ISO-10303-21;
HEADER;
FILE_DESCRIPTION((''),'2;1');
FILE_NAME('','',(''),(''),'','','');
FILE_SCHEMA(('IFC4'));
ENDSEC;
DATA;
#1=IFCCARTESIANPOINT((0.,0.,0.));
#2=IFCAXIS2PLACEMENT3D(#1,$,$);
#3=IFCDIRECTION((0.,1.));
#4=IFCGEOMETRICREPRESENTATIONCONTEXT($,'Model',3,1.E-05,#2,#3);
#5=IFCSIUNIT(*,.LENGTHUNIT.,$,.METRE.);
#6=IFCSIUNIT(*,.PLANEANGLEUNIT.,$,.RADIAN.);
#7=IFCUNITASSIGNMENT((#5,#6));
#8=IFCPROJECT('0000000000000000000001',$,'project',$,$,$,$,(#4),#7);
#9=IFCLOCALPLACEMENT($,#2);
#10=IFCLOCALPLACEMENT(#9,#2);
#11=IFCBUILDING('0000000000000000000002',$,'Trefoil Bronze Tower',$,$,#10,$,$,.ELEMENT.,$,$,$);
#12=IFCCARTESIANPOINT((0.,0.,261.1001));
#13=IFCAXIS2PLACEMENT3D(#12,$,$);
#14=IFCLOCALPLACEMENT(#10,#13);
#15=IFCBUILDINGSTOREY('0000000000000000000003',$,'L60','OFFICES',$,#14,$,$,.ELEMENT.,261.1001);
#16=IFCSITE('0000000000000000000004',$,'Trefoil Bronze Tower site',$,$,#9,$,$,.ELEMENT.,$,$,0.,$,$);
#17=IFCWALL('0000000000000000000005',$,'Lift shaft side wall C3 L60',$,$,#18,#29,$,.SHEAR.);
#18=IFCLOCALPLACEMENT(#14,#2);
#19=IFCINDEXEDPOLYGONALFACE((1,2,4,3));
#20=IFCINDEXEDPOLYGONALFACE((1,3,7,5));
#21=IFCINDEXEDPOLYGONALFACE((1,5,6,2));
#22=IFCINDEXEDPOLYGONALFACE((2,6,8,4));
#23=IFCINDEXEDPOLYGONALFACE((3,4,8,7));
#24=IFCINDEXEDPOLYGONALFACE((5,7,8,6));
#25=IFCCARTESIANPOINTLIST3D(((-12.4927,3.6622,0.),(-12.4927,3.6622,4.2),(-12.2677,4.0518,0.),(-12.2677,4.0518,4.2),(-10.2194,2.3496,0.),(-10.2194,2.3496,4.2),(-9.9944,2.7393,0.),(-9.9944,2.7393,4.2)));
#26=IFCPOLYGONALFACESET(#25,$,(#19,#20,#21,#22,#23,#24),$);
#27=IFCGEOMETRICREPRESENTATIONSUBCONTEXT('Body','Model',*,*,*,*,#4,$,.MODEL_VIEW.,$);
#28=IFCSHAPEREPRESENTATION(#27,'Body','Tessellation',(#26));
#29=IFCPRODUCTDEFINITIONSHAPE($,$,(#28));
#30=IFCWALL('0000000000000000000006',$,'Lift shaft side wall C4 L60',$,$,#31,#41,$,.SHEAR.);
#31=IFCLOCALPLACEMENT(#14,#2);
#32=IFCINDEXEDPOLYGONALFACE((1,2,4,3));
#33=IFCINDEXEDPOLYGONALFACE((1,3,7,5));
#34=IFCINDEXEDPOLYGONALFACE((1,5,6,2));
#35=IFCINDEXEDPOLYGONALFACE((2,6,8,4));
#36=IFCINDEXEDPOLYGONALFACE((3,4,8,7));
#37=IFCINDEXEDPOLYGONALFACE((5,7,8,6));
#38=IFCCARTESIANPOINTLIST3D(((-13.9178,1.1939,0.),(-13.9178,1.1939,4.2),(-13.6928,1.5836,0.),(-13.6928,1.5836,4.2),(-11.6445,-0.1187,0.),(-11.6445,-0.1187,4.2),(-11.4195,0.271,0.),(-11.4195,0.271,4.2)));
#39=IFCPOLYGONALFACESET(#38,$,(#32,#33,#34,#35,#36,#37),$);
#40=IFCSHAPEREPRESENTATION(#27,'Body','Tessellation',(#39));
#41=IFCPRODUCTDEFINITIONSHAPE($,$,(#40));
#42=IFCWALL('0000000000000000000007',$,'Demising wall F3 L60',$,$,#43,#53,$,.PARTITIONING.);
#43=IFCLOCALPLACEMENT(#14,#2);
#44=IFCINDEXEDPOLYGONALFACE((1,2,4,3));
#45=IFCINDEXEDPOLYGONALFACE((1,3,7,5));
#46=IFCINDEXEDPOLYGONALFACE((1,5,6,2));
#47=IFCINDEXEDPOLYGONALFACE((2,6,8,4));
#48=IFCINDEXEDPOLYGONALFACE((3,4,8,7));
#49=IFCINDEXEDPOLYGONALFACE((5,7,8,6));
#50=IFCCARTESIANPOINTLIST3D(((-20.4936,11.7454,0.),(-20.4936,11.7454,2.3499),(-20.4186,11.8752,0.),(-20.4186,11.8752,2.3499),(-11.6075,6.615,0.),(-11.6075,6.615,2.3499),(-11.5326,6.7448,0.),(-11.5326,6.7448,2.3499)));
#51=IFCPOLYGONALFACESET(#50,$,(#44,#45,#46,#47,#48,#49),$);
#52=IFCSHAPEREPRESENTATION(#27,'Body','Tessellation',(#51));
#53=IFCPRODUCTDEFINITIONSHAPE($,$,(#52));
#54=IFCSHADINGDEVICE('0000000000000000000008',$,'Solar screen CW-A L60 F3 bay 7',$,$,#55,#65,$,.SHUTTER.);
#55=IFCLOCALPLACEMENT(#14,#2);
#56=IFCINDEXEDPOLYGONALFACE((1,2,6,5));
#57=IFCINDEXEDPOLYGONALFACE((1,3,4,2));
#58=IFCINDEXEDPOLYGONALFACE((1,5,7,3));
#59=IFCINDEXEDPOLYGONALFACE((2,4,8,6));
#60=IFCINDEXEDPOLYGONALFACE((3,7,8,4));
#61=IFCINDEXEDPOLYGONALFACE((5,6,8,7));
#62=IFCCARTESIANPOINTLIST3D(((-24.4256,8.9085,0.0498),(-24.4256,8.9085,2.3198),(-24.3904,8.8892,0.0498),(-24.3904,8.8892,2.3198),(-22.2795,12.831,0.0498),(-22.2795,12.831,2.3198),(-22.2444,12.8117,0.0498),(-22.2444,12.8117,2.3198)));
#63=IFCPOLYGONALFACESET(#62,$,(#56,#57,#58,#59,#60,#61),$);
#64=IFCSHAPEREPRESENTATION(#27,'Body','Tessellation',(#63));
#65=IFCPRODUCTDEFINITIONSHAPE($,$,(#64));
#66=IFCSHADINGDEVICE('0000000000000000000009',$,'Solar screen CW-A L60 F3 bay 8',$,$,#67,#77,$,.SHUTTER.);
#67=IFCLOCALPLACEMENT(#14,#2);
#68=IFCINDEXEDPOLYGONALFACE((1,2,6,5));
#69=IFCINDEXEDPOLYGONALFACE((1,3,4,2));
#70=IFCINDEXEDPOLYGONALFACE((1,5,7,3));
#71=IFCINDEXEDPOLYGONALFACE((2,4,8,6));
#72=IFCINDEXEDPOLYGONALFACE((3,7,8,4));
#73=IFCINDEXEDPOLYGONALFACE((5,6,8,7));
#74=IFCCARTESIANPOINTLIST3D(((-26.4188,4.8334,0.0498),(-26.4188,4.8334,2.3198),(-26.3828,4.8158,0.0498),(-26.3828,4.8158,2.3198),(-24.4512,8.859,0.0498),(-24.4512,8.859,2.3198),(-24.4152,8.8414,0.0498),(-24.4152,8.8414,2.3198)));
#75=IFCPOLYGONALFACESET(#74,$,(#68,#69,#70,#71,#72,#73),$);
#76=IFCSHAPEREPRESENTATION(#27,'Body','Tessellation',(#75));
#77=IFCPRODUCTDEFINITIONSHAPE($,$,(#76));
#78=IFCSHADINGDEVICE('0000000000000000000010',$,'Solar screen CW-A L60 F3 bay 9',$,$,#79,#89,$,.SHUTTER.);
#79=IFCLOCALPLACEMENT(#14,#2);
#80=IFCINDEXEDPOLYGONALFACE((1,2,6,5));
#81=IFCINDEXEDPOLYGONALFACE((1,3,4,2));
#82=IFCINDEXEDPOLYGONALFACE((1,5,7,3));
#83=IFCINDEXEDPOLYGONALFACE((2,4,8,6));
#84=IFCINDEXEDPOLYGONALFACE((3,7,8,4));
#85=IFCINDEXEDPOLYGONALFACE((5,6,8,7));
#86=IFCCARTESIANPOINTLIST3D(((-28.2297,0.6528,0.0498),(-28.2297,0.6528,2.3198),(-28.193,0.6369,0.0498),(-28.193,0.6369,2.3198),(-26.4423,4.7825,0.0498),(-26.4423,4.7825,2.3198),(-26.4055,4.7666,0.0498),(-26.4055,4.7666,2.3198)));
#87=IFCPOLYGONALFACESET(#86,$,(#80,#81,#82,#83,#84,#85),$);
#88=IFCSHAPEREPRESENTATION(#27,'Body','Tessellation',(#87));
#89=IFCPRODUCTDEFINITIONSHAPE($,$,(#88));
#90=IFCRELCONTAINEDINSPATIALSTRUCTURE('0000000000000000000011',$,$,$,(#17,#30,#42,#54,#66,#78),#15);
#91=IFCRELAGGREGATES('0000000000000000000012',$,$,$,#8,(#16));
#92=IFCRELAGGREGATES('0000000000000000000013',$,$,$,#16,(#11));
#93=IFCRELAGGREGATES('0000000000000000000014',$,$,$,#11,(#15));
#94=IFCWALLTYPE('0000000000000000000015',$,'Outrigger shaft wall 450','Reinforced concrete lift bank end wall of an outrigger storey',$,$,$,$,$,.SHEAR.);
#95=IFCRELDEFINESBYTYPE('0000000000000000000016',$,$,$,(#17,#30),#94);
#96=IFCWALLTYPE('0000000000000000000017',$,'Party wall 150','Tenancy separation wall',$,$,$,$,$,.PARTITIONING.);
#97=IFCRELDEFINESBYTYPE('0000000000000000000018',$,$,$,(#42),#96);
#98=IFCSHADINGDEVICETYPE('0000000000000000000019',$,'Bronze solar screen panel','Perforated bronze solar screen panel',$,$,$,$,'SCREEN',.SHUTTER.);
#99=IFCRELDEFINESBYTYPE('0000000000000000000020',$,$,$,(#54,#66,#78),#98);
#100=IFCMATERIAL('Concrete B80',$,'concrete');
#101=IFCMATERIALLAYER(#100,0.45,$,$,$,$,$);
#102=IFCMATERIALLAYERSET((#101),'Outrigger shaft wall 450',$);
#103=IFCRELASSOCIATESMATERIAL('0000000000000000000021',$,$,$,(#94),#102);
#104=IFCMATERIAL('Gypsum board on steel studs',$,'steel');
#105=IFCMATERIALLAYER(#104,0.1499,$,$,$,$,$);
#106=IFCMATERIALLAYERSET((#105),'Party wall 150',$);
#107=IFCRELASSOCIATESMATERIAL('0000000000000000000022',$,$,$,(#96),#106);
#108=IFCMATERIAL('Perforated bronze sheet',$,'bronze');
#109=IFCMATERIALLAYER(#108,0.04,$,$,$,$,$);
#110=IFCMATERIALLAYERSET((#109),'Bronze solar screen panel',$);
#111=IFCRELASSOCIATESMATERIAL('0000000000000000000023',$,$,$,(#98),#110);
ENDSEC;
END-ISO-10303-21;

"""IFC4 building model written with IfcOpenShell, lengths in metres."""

from ifc_helpers import new_model, si_unit, direction, frame, frame_2d, origin, origin_2d, place, context, subcontext, project, spatial, rectangle, extrude, material, layer, layer_set, type_object, element, save


model = new_model("IFC4")

# Units and contexts
model_context = context("Model", 3, precision=1e-05, world=origin(), true_north=direction((0.0, 1.0)))
body_context = subcontext(model_context, "Body", "Model", "MODEL_VIEW")
ifc_project = project(units=[si_unit("LENGTHUNIT", "METRE"), si_unit("PLANEANGLEUNIT", "RADIAN")], contexts=[model_context])

# Site, building, storey
site_placement = place(None, origin())
site = spatial("IfcSite", under=ifc_project, at=site_placement, Name="Trefoil Bronze Tower site", CompositionType="ELEMENT", RefElevation=0.0)
building_placement = place(site_placement, origin())
building = spatial("IfcBuilding", under=site, at=building_placement, Name="Trefoil Bronze Tower", CompositionType="ELEMENT")
storey_placement = place(building_placement, frame((0.0, 0.0, 261.1001)))
storey = spatial("IfcBuildingStorey", under=building, at=storey_placement, Name="L60", Description="OFFICES", CompositionType="ELEMENT", Elevation=261.1001)

# Walls
ifc_material_1 = material(Name="Concrete B80", Category="concrete")
ifc_layer_1 = layer(ifc_material_1, 0.45)
ifc_layer_set_1 = layer_set([ifc_layer_1], Name="Outrigger shaft wall 450")
wall_type_1 = type_object("IfcWallType", Name="Outrigger shaft wall 450", Description="Reinforced concrete lift bank end wall of an outrigger storey", PredefinedType="SHEAR", material=ifc_layer_set_1)
for number, where, z_axis, x_axis, name in (
    (1, (-10.1069, 2.5444, 0.0), (0.0, 0.0, 1.0), (-0.866014, 0.50002, 0.0), "Lift shaft side wall C3 L60"),
    (2, (-11.532, 0.0762, 0.0), (0.0, 0.0, 1.0), (-0.866014, 0.50002, 0.0), "Lift shaft side wall C4 L60"),
):
    element("IfcWall", number, at=place(storey_placement, frame(where, z_axis=z_axis, x_axis=x_axis)), inside=storey, type_object=wall_type_1, Name=name, PredefinedType="SHEAR", context=body_context, shape_type="SweptSolid", body=[
        extrude(rectangle(XDim=2.625, YDim=0.45, at=frame_2d((1.3125, 0.0))), origin(), (0.0, 0.0, 1.0), 4.2),
    ])
ifc_material_2 = material(Name="Gypsum board on steel studs", Category="steel")
ifc_layer_2 = layer(ifc_material_2, 0.1499)
ifc_layer_set_2 = layer_set([ifc_layer_2], Name="Party wall 150")
wall_type_2 = type_object("IfcWallType", Name="Party wall 150", Description="Tenancy separation wall", PredefinedType="PARTITIONING", material=ifc_layer_set_2)
wall_placement = place(storey_placement, frame((-11.5701, 6.6799, 0.0), z_axis=(0.0, 0.0, 1.0), x_axis=(-0.866024, 0.500003, 0.0)))
element("IfcWall", 3, at=wall_placement, inside=storey, type_object=wall_type_2, Name="Demising wall F3 L60", PredefinedType="PARTITIONING", context=body_context, shape_type="SweptSolid", body=[
    extrude(rectangle(XDim=10.2607, YDim=0.1499, at=frame_2d((5.1304, 0.0))), origin(), (0.0, 0.0, 1.0), 2.3499),
])

# Shading devices
ifc_material_3 = material(Name="Perforated bronze sheet", Category="bronze")
ifc_layer_3 = layer(ifc_material_3, 0.04)
ifc_layer_set_3 = layer_set([ifc_layer_3], Name="Bronze solar screen panel")
shading_device_type = type_object("IfcShadingDeviceType", Name="Bronze solar screen panel", Description="Perforated bronze solar screen panel", ElementType="SCREEN", PredefinedType="SHUTTER", material=ifc_layer_set_3)
shading_device_1_placement = place(storey_placement, frame((-23.335, 10.8601, 0.0498), z_axis=(0.0, 0.0, 1.0), x_axis=(-0.479974, -0.877283, 0.0)))
element("IfcShadingDevice", 4, at=shading_device_1_placement, inside=storey, type_object=shading_device_type, Name="Solar screen CW-A L60 F3 bay 7", PredefinedType="SHUTTER", context=body_context, shape_type="SweptSolid", body=[
    extrude(rectangle(XDim=4.4712, YDim=0.04, at=origin_2d()), origin(), (0.0, 0.0, 1.0), 2.27),
])
shading_device_2_placement = place(storey_placement, frame((-25.417, 6.8374, 0.0498), z_axis=(0.0, 0.0, 1.0), x_axis=(-0.439129, -0.898424, 0.0)))
element("IfcShadingDevice", 5, at=shading_device_2_placement, inside=storey, type_object=shading_device_type, Name="Solar screen CW-A L60 F3 bay 8", PredefinedType="SHUTTER", context=body_context, shape_type="SweptSolid", body=[
    extrude(rectangle(XDim=4.4807, YDim=0.04, at=origin_2d()), origin(), (0.0, 0.0, 1.0), 2.27),
])
shading_device_3_placement = place(storey_placement, frame((-27.3176, 2.7097, 0.0498), z_axis=(0.0, 0.0, 1.0), x_axis=(-0.39722, -0.917723, 0.0)))
element("IfcShadingDevice", 6, at=shading_device_3_placement, inside=storey, type_object=shading_device_type, Name="Solar screen CW-A L60 F3 bay 9", PredefinedType="SHUTTER", context=body_context, shape_type="SweptSolid", body=[
    extrude(rectangle(XDim=4.5, YDim=0.04, at=origin_2d()), origin(), (0.0, 0.0, 1.0), 2.27),
])

save(model, "model.ifc")
